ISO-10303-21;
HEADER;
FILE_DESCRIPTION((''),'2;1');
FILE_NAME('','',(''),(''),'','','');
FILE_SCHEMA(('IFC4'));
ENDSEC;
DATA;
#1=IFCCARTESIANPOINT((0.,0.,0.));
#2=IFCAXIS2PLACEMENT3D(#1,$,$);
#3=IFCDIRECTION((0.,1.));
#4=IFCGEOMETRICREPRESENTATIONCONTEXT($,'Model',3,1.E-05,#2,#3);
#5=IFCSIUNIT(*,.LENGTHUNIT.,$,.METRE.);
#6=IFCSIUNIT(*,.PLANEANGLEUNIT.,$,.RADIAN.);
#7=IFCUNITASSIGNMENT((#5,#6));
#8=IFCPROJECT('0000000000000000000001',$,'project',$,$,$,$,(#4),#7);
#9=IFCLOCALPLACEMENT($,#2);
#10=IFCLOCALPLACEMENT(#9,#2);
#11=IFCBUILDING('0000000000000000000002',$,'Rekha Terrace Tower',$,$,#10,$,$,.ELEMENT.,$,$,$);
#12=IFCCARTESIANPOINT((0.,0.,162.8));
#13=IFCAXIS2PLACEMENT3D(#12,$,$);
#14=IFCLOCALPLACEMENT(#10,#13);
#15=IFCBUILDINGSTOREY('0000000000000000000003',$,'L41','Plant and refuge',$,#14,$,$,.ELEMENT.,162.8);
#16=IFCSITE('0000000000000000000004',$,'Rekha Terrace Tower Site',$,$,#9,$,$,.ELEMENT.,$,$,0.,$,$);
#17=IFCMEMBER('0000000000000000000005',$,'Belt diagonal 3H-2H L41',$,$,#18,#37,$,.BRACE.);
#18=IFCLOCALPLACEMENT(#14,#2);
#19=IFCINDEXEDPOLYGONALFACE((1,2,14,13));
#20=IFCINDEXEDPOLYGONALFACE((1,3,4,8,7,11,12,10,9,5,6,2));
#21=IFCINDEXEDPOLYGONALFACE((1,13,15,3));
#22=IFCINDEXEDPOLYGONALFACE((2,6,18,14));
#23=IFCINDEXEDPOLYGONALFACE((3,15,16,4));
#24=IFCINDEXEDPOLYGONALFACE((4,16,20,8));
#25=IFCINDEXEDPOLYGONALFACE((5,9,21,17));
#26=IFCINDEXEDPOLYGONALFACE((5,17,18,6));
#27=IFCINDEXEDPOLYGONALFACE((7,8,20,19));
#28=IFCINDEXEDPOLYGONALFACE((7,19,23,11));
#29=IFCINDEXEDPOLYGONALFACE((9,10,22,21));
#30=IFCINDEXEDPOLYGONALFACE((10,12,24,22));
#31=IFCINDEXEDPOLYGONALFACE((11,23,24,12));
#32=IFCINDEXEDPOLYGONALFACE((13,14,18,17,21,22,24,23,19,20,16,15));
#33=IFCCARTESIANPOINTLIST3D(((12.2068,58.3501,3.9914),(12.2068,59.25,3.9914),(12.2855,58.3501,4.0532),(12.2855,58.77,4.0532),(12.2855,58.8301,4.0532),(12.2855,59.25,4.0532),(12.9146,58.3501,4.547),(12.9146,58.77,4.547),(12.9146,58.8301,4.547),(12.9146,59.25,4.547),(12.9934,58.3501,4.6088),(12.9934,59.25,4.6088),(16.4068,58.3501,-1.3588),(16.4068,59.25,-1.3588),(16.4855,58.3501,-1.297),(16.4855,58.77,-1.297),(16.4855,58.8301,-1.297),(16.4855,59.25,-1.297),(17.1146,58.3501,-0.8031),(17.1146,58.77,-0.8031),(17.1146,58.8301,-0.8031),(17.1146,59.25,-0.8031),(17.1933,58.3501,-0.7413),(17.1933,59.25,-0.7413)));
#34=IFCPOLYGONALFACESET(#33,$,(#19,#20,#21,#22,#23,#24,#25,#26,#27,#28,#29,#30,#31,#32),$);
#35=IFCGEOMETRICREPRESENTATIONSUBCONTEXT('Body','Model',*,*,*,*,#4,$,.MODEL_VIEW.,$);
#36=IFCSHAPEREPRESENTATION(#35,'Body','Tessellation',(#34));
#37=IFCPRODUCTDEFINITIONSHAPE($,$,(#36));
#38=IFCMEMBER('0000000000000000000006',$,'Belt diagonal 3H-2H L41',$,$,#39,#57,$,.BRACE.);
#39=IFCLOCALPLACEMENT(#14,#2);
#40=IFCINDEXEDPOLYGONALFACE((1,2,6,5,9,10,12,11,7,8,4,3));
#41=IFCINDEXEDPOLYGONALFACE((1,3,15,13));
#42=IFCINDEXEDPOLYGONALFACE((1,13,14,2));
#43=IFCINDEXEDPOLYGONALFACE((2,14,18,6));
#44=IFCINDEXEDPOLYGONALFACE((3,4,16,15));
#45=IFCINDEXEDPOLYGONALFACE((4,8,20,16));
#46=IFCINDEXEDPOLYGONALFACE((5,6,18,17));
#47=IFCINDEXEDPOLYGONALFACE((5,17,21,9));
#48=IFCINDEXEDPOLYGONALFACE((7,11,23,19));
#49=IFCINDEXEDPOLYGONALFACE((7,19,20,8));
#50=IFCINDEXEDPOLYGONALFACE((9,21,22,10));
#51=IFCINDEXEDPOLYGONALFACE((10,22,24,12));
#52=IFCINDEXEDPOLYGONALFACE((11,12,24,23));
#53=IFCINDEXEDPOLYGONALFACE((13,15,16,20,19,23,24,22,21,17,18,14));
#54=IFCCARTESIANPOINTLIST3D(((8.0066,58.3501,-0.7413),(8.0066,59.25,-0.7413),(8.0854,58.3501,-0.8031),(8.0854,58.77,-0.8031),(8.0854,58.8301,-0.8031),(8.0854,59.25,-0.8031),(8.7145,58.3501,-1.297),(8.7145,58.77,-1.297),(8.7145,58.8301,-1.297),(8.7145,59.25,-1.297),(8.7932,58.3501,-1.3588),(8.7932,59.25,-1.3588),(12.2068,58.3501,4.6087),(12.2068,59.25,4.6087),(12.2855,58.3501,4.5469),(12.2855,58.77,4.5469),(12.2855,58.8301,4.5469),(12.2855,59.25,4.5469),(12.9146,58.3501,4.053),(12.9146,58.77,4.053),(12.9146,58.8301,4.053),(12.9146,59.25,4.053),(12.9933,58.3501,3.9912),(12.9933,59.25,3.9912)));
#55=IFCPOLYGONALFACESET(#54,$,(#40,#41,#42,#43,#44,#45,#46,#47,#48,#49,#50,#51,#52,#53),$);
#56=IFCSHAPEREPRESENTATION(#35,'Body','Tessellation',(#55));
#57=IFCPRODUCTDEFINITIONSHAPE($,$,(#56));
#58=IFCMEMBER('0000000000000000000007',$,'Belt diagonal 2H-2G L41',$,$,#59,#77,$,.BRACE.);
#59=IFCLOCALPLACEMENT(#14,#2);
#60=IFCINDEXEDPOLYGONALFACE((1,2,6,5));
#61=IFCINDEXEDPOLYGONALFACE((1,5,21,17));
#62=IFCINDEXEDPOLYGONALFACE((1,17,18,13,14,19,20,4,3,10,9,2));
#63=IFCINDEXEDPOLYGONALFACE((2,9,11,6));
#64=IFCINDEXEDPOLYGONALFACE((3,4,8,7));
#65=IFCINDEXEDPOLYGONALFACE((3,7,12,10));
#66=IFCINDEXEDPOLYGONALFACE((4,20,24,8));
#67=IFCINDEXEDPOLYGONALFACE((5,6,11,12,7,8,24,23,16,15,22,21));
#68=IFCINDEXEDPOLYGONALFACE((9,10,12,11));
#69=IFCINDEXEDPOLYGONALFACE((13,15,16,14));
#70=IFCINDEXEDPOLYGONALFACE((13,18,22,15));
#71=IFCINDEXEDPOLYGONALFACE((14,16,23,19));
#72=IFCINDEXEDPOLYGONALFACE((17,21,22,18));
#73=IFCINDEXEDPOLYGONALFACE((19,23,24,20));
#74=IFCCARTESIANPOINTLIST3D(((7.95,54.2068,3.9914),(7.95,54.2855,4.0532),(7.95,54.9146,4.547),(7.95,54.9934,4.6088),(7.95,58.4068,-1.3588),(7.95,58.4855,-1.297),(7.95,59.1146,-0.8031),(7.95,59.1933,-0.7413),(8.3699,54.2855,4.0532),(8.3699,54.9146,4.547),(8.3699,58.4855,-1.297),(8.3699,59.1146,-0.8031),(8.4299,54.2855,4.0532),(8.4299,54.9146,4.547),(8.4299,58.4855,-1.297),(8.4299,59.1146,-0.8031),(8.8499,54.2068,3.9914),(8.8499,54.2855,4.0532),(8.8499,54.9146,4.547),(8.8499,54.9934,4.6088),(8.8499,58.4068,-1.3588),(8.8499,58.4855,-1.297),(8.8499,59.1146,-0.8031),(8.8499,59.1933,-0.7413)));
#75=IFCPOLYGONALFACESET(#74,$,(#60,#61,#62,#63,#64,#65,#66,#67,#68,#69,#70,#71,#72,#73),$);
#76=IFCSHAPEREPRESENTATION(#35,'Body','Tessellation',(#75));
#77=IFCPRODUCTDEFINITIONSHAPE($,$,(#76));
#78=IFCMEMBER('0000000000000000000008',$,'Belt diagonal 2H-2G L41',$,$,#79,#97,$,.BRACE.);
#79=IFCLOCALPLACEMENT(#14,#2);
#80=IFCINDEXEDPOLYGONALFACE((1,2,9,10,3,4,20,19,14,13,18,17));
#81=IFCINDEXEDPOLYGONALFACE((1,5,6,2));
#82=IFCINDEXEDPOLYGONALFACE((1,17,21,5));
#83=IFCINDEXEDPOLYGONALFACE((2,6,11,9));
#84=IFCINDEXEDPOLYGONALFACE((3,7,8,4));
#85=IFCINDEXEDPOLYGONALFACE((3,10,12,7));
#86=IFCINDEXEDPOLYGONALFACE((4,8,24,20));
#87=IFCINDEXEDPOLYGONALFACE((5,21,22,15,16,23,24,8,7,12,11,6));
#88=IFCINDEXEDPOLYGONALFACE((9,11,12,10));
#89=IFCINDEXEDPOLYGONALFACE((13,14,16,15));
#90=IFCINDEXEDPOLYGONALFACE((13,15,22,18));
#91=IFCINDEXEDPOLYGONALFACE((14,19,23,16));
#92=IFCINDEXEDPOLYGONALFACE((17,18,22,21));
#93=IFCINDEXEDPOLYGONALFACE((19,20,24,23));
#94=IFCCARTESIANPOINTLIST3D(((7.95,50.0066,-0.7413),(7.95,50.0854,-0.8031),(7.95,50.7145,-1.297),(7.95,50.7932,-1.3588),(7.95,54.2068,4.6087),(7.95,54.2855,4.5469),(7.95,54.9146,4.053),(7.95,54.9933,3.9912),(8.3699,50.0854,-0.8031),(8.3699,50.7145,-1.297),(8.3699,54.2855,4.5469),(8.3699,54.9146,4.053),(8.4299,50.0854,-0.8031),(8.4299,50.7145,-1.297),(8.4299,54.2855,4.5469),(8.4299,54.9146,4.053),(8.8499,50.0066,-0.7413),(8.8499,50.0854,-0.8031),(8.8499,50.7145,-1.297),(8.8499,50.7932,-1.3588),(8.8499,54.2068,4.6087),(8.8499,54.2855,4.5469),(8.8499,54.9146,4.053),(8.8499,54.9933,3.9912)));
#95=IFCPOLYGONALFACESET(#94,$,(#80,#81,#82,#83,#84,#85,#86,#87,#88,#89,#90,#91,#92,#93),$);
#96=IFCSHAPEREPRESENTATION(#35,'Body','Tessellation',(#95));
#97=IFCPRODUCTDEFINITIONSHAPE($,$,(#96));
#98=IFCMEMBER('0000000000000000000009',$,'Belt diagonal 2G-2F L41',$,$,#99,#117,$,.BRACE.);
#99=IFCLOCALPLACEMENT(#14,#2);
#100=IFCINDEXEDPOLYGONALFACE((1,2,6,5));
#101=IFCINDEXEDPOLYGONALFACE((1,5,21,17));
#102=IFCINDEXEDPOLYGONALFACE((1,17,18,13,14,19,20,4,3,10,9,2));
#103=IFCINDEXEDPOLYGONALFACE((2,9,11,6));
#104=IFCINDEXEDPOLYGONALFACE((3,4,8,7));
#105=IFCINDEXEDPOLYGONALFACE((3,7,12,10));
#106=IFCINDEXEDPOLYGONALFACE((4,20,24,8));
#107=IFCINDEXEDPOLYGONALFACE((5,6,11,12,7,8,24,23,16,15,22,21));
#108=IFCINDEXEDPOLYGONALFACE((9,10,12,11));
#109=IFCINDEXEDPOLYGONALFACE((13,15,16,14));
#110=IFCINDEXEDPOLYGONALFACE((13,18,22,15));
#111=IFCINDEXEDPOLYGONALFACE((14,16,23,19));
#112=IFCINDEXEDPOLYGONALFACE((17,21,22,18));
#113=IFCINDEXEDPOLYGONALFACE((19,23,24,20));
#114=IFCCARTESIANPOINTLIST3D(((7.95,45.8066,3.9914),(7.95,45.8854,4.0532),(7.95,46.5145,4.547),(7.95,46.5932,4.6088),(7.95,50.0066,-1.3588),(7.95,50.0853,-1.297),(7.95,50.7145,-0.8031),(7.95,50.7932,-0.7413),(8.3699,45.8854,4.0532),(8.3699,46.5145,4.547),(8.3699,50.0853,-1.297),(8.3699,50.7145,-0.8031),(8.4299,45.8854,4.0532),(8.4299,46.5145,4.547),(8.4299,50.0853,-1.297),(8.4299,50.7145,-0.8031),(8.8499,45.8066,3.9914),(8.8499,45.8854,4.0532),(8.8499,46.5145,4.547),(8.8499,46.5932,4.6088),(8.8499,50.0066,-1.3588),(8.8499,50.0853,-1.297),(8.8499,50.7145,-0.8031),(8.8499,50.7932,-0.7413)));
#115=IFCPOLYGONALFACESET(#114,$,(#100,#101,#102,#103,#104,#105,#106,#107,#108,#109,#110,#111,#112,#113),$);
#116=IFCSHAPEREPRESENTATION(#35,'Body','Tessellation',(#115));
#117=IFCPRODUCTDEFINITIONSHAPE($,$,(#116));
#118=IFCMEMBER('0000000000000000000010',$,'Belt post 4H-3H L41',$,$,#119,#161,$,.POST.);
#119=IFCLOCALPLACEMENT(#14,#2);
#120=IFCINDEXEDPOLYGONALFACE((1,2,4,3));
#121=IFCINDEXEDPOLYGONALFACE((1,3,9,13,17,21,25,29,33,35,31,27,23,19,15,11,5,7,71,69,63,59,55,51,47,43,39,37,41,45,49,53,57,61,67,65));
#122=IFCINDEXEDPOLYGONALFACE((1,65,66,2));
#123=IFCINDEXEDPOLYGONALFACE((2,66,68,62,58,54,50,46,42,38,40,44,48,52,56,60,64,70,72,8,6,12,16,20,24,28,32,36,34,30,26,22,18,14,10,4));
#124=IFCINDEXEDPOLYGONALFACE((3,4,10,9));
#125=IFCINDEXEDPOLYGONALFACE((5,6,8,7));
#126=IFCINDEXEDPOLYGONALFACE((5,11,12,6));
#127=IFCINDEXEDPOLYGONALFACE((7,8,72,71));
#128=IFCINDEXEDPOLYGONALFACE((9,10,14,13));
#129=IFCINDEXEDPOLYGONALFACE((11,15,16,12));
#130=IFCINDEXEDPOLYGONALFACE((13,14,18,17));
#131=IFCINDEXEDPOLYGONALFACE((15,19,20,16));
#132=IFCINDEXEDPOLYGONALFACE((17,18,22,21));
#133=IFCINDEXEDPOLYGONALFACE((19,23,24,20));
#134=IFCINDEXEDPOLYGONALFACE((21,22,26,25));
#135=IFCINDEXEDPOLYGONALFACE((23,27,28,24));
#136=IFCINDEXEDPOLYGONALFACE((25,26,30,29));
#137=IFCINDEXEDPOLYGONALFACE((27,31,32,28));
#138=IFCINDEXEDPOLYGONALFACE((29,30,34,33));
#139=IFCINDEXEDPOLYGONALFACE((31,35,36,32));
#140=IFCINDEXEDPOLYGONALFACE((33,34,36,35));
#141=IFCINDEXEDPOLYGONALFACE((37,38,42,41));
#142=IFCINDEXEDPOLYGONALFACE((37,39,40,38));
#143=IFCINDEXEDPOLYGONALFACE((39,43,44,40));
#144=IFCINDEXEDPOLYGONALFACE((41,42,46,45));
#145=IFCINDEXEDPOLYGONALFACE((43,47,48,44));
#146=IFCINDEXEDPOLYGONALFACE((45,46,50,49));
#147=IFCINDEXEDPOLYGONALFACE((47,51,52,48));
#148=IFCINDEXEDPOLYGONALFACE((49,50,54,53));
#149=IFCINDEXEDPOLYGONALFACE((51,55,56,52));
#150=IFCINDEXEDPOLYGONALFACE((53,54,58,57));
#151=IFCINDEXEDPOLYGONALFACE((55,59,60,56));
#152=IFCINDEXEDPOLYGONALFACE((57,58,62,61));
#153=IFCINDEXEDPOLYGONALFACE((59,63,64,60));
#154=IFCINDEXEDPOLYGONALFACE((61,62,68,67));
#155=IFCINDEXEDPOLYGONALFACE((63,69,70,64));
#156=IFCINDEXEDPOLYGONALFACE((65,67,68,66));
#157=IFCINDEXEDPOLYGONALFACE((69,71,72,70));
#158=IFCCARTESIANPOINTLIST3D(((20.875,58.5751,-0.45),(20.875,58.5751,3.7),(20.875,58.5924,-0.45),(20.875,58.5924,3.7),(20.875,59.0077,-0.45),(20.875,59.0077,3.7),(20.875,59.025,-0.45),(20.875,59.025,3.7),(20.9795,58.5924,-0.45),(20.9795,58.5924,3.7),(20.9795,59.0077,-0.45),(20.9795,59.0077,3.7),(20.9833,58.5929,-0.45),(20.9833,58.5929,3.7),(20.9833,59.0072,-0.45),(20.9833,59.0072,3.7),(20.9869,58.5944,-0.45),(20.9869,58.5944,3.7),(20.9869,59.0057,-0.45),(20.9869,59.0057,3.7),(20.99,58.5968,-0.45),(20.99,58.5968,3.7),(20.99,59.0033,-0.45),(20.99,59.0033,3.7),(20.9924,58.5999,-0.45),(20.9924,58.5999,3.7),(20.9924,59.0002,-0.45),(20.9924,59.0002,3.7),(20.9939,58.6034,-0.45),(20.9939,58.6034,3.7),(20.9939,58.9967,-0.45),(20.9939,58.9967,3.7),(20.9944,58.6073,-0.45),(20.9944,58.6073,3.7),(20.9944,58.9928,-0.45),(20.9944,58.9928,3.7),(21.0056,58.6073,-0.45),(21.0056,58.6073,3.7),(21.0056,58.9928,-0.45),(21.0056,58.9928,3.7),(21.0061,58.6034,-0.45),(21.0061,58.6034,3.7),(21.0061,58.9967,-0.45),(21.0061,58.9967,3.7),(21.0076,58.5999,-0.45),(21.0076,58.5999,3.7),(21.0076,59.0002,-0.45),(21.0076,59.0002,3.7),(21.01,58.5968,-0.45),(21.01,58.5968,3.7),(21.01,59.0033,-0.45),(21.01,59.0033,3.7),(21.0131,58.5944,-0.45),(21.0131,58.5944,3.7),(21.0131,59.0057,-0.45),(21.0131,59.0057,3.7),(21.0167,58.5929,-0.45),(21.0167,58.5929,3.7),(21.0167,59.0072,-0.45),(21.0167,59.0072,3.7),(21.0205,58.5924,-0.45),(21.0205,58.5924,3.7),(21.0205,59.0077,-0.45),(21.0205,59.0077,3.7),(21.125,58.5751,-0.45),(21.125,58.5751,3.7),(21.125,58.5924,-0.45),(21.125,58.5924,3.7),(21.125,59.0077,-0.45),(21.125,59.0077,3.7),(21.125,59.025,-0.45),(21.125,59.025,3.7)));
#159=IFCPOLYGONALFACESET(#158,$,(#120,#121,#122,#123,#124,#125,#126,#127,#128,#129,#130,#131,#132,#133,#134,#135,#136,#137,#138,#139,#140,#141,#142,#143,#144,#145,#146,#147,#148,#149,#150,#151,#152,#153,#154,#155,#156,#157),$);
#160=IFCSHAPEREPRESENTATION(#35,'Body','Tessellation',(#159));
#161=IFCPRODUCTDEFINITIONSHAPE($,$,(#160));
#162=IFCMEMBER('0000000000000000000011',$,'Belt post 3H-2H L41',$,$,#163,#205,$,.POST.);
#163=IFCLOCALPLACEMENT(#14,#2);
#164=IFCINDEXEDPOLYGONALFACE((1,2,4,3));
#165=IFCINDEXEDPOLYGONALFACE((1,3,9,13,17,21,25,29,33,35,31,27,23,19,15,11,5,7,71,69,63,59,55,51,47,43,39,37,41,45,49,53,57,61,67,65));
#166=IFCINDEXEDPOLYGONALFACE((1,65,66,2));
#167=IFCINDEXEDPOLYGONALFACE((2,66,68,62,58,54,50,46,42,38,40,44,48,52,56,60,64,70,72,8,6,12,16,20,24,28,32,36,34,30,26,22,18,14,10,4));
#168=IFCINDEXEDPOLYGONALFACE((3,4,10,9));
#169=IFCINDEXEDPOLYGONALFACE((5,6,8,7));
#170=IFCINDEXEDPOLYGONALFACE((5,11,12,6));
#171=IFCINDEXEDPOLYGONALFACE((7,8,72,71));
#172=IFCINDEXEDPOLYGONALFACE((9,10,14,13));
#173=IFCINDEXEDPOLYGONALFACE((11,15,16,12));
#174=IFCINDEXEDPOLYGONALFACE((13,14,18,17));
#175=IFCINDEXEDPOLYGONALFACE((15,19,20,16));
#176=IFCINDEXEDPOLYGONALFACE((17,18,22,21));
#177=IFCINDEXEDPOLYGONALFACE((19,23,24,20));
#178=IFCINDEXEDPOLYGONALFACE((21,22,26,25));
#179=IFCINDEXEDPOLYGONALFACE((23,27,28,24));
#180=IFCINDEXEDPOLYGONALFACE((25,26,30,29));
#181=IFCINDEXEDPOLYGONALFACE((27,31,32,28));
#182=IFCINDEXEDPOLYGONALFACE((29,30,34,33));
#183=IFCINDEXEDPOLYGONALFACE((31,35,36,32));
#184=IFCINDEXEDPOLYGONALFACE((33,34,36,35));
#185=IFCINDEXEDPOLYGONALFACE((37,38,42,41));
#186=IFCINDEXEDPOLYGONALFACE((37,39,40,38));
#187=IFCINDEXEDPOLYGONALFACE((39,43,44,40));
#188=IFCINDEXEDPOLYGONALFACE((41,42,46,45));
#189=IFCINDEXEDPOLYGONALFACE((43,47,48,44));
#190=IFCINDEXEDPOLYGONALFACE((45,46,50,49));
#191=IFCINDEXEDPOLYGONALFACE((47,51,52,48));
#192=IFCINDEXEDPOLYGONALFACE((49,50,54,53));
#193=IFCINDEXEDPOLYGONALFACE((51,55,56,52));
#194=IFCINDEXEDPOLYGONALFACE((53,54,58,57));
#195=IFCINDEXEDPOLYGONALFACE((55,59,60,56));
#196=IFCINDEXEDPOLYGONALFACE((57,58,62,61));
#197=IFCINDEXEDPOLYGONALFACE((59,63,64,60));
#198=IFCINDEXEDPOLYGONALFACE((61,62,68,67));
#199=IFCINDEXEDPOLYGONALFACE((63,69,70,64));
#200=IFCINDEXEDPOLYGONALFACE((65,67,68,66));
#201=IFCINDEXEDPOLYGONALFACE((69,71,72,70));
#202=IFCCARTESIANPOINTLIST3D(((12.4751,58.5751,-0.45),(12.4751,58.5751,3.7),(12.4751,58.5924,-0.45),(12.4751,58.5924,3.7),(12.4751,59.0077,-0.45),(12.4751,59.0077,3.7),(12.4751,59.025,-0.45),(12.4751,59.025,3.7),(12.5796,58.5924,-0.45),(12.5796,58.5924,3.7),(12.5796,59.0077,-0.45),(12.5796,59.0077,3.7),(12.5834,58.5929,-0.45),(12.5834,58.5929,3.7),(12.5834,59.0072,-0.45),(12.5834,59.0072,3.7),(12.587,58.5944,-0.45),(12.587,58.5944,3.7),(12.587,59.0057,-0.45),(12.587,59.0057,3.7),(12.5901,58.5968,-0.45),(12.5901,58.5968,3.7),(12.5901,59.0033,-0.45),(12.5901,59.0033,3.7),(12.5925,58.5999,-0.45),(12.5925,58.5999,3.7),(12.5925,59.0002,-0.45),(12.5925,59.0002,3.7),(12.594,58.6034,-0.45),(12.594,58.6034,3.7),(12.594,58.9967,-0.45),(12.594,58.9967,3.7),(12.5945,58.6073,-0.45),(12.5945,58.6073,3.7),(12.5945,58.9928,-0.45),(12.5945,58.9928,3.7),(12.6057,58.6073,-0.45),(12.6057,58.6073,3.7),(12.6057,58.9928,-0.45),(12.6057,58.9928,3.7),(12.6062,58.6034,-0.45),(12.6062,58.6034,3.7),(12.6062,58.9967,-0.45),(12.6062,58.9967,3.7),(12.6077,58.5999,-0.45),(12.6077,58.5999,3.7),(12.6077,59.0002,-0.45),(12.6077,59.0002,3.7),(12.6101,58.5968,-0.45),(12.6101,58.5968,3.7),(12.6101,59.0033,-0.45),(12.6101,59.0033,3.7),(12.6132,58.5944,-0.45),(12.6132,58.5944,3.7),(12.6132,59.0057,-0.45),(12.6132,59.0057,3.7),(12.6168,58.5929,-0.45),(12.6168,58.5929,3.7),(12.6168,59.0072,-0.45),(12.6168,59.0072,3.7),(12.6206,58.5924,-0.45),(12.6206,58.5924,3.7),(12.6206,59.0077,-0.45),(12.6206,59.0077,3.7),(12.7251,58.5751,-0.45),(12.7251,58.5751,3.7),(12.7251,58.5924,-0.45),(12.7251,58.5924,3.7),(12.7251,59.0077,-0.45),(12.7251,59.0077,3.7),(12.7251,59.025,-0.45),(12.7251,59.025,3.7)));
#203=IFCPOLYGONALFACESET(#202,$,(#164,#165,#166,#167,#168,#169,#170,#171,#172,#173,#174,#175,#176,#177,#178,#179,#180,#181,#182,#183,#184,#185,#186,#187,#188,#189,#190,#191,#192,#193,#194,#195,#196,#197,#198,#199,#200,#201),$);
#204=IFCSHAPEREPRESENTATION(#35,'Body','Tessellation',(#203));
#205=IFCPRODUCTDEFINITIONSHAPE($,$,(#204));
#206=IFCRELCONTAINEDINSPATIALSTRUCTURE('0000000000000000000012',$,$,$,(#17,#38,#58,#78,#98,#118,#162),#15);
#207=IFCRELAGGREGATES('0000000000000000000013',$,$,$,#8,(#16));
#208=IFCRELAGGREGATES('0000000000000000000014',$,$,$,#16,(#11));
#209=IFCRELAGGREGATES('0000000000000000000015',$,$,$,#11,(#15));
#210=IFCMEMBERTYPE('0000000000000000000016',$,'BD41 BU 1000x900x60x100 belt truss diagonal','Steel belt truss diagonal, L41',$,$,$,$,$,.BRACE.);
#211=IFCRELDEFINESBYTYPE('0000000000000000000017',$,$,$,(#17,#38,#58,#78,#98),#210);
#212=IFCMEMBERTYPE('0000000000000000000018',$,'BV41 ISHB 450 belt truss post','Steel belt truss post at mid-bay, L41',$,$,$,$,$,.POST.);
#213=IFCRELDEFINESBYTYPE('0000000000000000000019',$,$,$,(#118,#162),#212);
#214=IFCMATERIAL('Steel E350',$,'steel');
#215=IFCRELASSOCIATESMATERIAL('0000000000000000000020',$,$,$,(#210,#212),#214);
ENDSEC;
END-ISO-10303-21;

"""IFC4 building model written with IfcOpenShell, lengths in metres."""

from ifc_helpers import new_model, si_unit, direction, frame, origin, origin_2d, place, context, subcontext, project, spatial, i_section, extrude, material, material_profile, profile_set, type_object, element, save


model = new_model("IFC4")

# Units and contexts
model_context = context("Model", 3, precision=1e-05, world=origin(), true_north=direction((0.0, 1.0)))
body_context = subcontext(model_context, "Body", "Model", "MODEL_VIEW")
ifc_project = project(units=[si_unit("LENGTHUNIT", "METRE"), si_unit("PLANEANGLEUNIT", "RADIAN")], contexts=[model_context])

# Site, building, storey
site_placement = place(None, origin())
site = spatial("IfcSite", under=ifc_project, at=site_placement, Name="Rekha Terrace Tower Site", CompositionType="ELEMENT", RefElevation=0.0)
building_placement = place(site_placement, origin())
building = spatial("IfcBuilding", under=site, at=building_placement, Name="Rekha Terrace Tower", CompositionType="ELEMENT")
storey_placement = place(building_placement, frame((0.0, 0.0, 162.8)))
storey = spatial("IfcBuildingStorey", under=building, at=storey_placement, Name="L41", Description="Plant and refuge", CompositionType="ELEMENT", Elevation=162.8)

# Members
ifc_material_1 = material(Name="Steel E350", Category="steel")
ifc_material_profile_1 = material_profile(ifc_material_1, i_section(OverallWidth=0.8999, OverallDepth=1.0, WebThickness=0.0601, FlangeThickness=0.1001, at=origin_2d()), Name="BU 1000x900x60x100")
ifc_profile_set_1 = profile_set([ifc_material_profile_1], Name="Steel E350")
member_type_1 = type_object("IfcMemberType", Name="BD41 BU 1000x900x60x100 belt truss diagonal", Description="Steel belt truss diagonal, L41", PredefinedType="BRACE", material=ifc_profile_set_1)
for number, where, z_axis, x_axis, name in (
    (1, (16.8, 58.8, -1.05), (-0.617485, 0.0, 0.786582), (0.0, -1.0, 0.0), "Belt diagonal 3H-2H L41"),
    (2, (8.3999, 58.8, -1.05), (0.617508, 0.0, 0.786565), (0.0, 1.0, 0.0), "Belt diagonal 3H-2H L41"),
    (3, (8.3999, 58.8, -1.05), (0.0, -0.617485, 0.786582), (1.0, 0.0, 0.0), "Belt diagonal 2H-2G L41"),
    (4, (8.3999, 50.3999, -1.05), (0.0, 0.617508, 0.786565), (-1.0, 0.0, 0.0), "Belt diagonal 2H-2G L41"),
    (5, (8.3999, 50.3999, -1.05), (0.0, -0.617485, 0.786582), (1.0, 0.0, 0.0), "Belt diagonal 2G-2F L41"),
):
    element("IfcMember", number, at=place(storey_placement, frame(where, z_axis=z_axis, x_axis=x_axis)), inside=storey, type_object=member_type_1, Name=name, PredefinedType="BRACE", context=body_context, shape_type="SweptSolid", body=[
        extrude(i_section(OverallWidth=0.8999, OverallDepth=1.0, WebThickness=0.0601, FlangeThickness=0.1001, at=origin_2d()), origin(), (0.0, 0.0, 1.0), 6.8018),
    ])
ifc_material_profile_2 = material_profile(ifc_material_1, i_section(OverallWidth=0.25, OverallDepth=0.45, WebThickness=0.0112, FlangeThickness=0.0173, FilletRadius=0.0149, at=origin_2d()), Name="ISHB 450")
ifc_profile_set_2 = profile_set([ifc_material_profile_2], Name="Steel E350")
member_type_2 = type_object("IfcMemberType", Name="BV41 ISHB 450 belt truss post", Description="Steel belt truss post at mid-bay, L41", PredefinedType="POST", material=ifc_profile_set_2)
for number, where, z_axis, x_axis, name in (
    (6, (21.0, 58.8, -0.45), (0.0, 0.0, 1.0), (1.0, 0.0, 0.0), "Belt post 4H-3H L41"),
    (7, (12.6001, 58.8, -0.45), (0.0, 0.0, 1.0), (1.0, 0.0, 0.0), "Belt post 3H-2H L41"),
):
    element("IfcMember", number, at=place(storey_placement, frame(where, z_axis=z_axis, x_axis=x_axis)), inside=storey, type_object=member_type_2, Name=name, PredefinedType="POST", context=body_context, shape_type="SweptSolid", body=[
        extrude(i_section(OverallWidth=0.25, OverallDepth=0.45, WebThickness=0.0112, FlangeThickness=0.0173, FilletRadius=0.0149, at=origin_2d()), origin(), (0.0, 0.0, 1.0), 4.1499),
    ])

save(model, "model.ifc")
